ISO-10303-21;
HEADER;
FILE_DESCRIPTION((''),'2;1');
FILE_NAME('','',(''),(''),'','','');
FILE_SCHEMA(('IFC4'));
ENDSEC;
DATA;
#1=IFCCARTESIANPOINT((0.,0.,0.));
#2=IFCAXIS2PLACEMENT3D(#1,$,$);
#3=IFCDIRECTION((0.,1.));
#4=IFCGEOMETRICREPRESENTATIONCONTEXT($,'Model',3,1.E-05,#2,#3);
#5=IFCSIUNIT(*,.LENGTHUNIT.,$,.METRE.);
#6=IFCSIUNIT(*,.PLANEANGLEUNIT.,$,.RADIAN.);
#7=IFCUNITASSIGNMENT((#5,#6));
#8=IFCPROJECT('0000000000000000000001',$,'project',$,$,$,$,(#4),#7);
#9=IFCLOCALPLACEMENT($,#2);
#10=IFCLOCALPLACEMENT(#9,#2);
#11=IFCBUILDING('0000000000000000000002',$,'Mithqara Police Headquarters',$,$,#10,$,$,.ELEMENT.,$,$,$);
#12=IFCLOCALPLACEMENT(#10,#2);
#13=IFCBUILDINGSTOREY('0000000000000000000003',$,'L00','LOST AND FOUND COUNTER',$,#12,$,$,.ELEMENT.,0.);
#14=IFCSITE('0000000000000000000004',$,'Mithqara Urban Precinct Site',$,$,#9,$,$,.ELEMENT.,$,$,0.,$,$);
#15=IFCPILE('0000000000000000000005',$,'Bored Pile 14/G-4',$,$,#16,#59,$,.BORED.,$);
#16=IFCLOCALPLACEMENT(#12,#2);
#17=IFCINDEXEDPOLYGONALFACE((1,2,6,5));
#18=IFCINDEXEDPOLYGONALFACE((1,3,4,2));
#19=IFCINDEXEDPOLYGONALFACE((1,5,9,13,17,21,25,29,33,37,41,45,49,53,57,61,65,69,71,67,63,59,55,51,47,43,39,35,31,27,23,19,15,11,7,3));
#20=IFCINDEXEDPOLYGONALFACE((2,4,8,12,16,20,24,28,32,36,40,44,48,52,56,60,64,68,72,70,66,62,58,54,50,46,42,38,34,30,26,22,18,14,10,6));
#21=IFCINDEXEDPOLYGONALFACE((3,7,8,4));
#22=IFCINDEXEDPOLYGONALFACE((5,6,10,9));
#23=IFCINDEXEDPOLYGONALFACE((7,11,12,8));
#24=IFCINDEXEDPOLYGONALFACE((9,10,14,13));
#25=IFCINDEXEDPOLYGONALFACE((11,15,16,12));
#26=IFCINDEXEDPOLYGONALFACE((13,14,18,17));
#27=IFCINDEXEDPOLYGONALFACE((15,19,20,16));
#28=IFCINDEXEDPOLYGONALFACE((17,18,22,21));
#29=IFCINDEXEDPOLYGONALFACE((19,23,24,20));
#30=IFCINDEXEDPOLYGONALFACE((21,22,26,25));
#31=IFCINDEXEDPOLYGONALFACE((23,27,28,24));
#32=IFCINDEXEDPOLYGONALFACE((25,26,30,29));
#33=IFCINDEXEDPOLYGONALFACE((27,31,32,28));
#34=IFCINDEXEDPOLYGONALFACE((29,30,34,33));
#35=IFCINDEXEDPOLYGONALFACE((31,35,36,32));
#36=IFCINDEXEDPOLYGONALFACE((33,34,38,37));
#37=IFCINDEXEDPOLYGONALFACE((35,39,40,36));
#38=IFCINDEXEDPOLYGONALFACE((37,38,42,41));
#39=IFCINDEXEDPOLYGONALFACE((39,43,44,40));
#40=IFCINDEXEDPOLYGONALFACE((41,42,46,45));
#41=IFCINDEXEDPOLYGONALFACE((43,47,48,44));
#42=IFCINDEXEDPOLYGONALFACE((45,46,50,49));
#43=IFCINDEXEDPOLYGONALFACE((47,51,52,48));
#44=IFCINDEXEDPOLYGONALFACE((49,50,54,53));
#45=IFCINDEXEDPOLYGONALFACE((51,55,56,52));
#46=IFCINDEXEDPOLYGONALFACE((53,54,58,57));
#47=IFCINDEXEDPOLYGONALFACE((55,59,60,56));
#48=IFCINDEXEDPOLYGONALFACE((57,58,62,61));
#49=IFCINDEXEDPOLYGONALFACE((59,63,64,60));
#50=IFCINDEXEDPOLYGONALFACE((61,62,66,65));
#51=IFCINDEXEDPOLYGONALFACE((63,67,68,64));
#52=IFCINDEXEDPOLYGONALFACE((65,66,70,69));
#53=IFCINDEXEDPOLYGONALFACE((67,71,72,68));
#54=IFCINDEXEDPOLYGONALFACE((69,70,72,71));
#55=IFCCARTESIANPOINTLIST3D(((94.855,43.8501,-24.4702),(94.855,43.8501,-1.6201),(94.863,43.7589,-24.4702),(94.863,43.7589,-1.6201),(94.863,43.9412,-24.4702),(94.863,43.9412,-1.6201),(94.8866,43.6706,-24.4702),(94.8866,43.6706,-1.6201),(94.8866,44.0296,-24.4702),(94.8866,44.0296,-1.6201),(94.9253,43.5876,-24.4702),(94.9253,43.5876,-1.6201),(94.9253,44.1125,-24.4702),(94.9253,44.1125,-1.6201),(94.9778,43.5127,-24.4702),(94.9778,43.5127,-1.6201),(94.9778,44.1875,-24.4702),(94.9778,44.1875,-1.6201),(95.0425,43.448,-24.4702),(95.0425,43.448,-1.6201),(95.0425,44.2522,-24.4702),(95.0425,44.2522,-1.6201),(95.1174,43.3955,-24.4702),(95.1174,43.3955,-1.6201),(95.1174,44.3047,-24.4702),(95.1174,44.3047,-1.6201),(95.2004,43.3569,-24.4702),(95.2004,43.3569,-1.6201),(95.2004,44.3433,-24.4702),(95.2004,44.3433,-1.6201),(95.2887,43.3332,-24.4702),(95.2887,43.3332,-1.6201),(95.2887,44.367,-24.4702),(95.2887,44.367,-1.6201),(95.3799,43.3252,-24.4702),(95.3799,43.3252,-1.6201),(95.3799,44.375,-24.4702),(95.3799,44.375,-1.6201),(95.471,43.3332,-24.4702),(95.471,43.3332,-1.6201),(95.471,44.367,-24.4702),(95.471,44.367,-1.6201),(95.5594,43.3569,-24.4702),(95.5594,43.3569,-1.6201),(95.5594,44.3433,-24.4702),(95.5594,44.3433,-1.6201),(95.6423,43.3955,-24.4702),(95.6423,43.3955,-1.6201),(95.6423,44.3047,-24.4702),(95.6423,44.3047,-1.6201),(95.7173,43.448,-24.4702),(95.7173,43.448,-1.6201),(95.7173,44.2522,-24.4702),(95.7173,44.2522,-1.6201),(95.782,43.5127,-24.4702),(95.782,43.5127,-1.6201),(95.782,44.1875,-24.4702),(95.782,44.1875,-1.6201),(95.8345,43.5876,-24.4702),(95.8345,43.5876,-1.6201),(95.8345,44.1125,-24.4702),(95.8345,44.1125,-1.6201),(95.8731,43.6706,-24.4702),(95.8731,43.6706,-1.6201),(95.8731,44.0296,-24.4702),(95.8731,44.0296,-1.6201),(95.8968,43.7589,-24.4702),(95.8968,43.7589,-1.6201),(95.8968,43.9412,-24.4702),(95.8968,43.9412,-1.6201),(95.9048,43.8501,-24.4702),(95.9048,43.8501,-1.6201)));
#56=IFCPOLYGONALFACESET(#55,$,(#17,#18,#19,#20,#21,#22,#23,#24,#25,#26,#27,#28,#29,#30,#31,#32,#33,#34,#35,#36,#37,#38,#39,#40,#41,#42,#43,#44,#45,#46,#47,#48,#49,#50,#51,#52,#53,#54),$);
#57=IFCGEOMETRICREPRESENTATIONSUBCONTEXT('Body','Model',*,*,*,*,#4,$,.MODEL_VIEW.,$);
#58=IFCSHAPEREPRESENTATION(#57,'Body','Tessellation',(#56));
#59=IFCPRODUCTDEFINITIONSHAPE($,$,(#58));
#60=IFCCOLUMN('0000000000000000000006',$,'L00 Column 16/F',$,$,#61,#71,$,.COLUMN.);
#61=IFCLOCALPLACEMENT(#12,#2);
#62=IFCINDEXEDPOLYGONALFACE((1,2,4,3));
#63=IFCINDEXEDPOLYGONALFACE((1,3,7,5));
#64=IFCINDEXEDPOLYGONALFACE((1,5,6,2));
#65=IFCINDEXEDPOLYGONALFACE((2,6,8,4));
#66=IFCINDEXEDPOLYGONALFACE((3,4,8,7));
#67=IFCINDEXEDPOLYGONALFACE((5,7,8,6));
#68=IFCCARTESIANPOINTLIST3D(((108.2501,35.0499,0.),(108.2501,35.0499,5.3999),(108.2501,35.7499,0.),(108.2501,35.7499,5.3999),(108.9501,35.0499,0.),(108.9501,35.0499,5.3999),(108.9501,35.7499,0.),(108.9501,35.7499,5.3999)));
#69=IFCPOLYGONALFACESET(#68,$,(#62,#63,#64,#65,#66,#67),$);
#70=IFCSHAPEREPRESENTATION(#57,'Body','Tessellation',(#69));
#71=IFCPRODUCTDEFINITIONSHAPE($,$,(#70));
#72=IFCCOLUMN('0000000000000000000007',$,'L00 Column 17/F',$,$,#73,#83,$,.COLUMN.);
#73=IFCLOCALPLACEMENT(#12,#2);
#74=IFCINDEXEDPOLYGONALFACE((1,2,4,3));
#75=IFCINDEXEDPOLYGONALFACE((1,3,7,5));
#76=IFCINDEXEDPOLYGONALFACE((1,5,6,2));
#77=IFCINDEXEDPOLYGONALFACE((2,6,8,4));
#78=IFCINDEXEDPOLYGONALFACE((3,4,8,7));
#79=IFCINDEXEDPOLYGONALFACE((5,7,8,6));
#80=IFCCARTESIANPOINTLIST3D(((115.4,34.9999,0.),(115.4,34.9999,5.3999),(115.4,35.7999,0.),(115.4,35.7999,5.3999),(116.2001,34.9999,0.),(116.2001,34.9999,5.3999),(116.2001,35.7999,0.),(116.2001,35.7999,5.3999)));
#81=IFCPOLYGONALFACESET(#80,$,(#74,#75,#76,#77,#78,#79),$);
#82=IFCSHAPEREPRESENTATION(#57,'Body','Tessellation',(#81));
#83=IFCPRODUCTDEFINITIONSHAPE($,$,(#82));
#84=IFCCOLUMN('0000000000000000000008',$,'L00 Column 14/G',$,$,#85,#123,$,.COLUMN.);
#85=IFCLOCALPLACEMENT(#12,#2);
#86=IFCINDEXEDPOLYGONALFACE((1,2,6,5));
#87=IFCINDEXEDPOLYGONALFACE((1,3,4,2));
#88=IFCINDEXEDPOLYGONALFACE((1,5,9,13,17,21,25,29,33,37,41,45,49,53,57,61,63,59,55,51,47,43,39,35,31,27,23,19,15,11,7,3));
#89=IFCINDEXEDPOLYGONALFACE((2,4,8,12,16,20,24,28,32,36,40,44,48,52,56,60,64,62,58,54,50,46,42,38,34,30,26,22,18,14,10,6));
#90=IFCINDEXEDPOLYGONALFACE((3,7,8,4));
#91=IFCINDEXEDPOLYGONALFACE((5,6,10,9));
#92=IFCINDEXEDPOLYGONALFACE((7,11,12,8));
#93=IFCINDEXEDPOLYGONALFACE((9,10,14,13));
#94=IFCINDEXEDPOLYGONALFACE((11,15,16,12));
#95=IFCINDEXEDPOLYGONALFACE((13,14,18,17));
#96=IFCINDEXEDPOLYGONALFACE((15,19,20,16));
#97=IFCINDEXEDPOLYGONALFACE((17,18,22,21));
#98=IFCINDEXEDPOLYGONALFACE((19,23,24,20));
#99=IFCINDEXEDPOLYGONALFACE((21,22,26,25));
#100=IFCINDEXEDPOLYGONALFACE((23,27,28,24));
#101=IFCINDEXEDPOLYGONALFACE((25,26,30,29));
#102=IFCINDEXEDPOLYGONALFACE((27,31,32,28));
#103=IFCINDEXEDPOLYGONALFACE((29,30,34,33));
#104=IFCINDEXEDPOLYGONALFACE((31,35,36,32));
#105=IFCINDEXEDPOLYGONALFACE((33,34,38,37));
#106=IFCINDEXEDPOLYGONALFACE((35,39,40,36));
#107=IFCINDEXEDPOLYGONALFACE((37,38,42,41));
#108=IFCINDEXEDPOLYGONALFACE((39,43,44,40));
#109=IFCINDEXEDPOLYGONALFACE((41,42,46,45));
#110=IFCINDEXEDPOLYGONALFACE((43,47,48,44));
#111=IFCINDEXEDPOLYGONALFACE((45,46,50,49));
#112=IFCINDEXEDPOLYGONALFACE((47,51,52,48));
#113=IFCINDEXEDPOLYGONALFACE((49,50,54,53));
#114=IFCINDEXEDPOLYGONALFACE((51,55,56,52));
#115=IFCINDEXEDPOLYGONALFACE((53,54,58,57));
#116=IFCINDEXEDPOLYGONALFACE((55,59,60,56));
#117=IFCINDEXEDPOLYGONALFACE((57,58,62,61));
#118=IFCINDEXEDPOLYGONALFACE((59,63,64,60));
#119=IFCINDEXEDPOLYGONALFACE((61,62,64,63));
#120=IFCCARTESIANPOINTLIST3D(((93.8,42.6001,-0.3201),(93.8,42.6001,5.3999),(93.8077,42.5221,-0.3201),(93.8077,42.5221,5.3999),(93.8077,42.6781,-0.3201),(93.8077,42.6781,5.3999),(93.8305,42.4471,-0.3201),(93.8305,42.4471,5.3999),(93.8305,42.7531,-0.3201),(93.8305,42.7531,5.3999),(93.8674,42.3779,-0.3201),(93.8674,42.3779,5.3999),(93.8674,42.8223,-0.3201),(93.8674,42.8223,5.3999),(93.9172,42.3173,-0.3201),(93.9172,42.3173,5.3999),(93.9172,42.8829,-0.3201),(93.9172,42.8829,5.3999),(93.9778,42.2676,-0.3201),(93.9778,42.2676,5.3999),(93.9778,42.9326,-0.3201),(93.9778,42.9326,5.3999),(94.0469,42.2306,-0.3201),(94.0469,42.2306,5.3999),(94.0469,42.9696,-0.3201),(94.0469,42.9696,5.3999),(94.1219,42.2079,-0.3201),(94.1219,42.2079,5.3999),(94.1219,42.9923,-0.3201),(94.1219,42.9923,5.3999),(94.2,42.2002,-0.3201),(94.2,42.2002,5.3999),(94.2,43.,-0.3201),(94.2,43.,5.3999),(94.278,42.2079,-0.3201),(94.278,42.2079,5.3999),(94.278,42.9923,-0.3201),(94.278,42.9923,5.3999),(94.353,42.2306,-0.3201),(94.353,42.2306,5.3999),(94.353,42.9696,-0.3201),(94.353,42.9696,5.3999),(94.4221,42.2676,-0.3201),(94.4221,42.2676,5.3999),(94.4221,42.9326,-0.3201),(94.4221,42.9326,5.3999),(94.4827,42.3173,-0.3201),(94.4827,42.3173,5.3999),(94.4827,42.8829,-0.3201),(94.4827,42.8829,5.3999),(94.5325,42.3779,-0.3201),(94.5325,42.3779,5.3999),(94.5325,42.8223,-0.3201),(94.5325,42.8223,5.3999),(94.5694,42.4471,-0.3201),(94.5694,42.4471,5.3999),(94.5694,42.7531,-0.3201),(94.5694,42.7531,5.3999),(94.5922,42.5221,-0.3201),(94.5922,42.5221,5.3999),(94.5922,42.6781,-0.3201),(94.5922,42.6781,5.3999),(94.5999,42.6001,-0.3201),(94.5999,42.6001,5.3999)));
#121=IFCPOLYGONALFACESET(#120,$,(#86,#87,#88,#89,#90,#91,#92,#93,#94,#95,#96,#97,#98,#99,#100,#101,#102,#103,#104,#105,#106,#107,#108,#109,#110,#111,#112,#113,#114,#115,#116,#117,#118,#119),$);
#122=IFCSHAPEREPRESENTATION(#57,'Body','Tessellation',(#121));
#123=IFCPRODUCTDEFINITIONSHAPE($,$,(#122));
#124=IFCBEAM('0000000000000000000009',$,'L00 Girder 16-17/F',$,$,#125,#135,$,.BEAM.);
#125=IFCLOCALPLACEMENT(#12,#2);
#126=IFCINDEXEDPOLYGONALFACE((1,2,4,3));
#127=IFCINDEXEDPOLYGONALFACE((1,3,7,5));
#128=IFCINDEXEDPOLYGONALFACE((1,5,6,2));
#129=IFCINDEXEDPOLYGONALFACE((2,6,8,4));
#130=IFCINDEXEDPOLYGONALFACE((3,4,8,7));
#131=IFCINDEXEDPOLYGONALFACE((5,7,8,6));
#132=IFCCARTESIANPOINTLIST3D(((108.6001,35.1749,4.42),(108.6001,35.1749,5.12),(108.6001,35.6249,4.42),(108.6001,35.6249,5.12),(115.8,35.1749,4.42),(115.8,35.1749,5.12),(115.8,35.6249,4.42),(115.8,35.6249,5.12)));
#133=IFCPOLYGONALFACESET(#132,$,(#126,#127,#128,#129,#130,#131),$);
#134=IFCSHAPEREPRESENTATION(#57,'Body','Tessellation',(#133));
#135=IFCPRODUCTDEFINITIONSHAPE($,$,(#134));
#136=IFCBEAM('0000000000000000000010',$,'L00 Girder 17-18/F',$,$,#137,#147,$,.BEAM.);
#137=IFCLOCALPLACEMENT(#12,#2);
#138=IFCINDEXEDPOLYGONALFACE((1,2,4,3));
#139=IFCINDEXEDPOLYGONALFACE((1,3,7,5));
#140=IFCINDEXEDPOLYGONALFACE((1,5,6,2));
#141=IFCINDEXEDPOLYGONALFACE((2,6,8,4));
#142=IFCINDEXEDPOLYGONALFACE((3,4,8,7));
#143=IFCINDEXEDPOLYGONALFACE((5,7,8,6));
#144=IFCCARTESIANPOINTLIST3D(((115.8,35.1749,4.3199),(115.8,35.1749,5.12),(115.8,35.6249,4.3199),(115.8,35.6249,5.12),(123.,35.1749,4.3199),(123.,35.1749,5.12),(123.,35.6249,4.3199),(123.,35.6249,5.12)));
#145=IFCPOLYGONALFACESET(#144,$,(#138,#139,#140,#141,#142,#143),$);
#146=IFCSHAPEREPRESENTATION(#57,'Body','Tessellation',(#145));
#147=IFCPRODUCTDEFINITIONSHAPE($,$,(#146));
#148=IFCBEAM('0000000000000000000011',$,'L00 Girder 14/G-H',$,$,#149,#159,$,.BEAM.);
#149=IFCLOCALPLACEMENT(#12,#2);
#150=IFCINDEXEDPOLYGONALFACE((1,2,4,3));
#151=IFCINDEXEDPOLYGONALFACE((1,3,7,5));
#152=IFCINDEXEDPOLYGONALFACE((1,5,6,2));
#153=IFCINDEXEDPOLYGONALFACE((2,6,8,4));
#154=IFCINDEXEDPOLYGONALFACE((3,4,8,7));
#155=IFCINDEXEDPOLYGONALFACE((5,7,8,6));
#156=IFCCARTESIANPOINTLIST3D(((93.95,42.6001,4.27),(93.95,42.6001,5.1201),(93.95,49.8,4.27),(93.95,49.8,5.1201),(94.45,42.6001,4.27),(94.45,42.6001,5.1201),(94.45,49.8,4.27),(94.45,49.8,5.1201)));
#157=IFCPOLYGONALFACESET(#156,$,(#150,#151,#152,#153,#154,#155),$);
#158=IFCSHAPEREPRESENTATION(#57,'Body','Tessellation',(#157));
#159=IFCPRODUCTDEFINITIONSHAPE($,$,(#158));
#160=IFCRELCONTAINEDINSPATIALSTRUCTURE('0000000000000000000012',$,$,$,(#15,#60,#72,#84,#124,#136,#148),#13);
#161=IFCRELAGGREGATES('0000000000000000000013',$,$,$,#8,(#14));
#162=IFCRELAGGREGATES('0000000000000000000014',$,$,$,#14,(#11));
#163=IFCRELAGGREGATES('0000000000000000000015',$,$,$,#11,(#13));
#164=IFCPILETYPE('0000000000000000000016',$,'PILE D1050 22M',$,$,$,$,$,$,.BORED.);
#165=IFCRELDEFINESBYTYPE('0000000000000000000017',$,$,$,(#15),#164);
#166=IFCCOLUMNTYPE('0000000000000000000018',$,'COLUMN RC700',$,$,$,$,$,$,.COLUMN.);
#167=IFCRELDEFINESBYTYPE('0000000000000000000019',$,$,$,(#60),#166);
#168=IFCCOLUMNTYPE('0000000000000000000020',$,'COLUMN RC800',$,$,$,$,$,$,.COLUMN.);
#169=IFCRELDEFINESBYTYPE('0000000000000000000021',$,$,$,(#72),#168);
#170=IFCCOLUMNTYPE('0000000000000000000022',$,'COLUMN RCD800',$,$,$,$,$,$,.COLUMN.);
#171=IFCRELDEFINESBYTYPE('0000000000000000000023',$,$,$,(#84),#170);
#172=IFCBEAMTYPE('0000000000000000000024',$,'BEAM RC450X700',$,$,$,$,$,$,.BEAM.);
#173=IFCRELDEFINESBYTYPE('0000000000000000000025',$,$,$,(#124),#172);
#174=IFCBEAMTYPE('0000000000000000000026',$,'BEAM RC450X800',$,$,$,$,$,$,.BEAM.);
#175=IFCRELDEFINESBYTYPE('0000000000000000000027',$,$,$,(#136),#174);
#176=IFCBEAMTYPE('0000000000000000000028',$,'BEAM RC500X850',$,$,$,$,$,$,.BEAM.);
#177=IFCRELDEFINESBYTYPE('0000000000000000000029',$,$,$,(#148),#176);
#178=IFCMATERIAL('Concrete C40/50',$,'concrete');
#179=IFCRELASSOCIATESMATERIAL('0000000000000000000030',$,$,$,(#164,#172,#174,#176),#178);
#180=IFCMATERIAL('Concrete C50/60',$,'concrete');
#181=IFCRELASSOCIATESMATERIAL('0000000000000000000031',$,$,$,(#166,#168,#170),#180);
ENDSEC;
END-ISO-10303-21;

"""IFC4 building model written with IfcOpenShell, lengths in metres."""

from ifc_helpers import new_model, si_unit, direction, frame, origin, origin_2d, place, context, subcontext, project, spatial, rectangle, circle, extrude, material, material_profile, profile_set, type_object, element, save


model = new_model("IFC4")

# Units and contexts
model_context = context("Model", 3, precision=1e-05, world=origin(), true_north=direction((0.0, 1.0)))
body_context = subcontext(model_context, "Body", "Model", "MODEL_VIEW")
ifc_project = project(units=[si_unit("LENGTHUNIT", "METRE"), si_unit("PLANEANGLEUNIT", "RADIAN")], contexts=[model_context])

# Site, building, storey
site_placement = place(None, origin())
site = spatial("IfcSite", under=ifc_project, at=site_placement, Name="Mithqara Urban Precinct Site", CompositionType="ELEMENT", RefElevation=0.0)
building_placement = place(site_placement, origin())
building = spatial("IfcBuilding", under=site, at=building_placement, Name="Mithqara Police Headquarters", CompositionType="ELEMENT")
storey_placement = place(building_placement, origin())
storey = spatial("IfcBuildingStorey", under=building, at=storey_placement, Name="L00", Description="LOST AND FOUND COUNTER", CompositionType="ELEMENT", Elevation=0.0)

# Shared definitions
ifc_material_1 = material(Name="Concrete C40/50", Category="concrete")

# Pile
ifc_material_profile_1 = material_profile(ifc_material_1, circle(Radius=0.5249, at=origin_2d()), Name="PILE D1050")
ifc_profile_set_1 = profile_set([ifc_material_profile_1], Name="Concrete C40/50")
pile_type = type_object("IfcPileType", Name="PILE D1050 22M", PredefinedType="BORED", material=ifc_profile_set_1)
for number, where, z_axis, x_axis, name in (
    (1, (95.3799, 43.8501, -1.6201), (0.0, 0.0, -1.0), (1.0, 0.0, 0.0), "Bored Pile 14/G-4"),
):
    element("IfcPile", number, at=place(storey_placement, frame(where, z_axis=z_axis, x_axis=x_axis)), inside=storey, type_object=pile_type, Name=name, PredefinedType="BORED", context=body_context, shape_type="SweptSolid", body=[
        extrude(circle(Radius=0.5249, at=origin_2d()), origin(), (0.0, 0.0, 1.0), 22.8501),
    ])

# Columns
ifc_material_2 = material(Name="Concrete C50/60", Category="concrete")
ifc_material_profile_2 = material_profile(ifc_material_2, rectangle(XDim=0.7, YDim=0.7, at=origin_2d()), Name="RC 700x700")
ifc_profile_set_2 = profile_set([ifc_material_profile_2], Name="Concrete C50/60")
column_type_1 = type_object("IfcColumnType", Name="COLUMN RC700", PredefinedType="COLUMN", material=ifc_profile_set_2)
column_1_placement = place(storey_placement, frame((108.6001, 35.3999, 0.0), z_axis=(0.0, 0.0, 1.0), x_axis=(1.0, 0.0, 0.0)))
element("IfcColumn", 2, at=column_1_placement, inside=storey, type_object=column_type_1, Name="L00 Column 16/F", PredefinedType="COLUMN", context=body_context, shape_type="SweptSolid", body=[
    extrude(rectangle(XDim=0.7, YDim=0.7, at=origin_2d()), origin(), (0.0, 0.0, 1.0), 5.3999),
])
ifc_material_profile_3 = material_profile(ifc_material_2, rectangle(XDim=0.8, YDim=0.8, at=origin_2d()), Name="RC 800x800")
ifc_profile_set_3 = profile_set([ifc_material_profile_3], Name="Concrete C50/60")
column_type_2 = type_object("IfcColumnType", Name="COLUMN RC800", PredefinedType="COLUMN", material=ifc_profile_set_3)
column_2_placement = place(storey_placement, frame((115.8, 35.3999, 0.0), z_axis=(0.0, 0.0, 1.0), x_axis=(1.0, 0.0, 0.0)))
element("IfcColumn", 3, at=column_2_placement, inside=storey, type_object=column_type_2, Name="L00 Column 17/F", PredefinedType="COLUMN", context=body_context, shape_type="SweptSolid", body=[
    extrude(rectangle(XDim=0.8, YDim=0.8, at=origin_2d()), origin(), (0.0, 0.0, 1.0), 5.3999),
])
ifc_material_profile_4 = material_profile(ifc_material_2, circle(Radius=0.3999, at=origin_2d()), Name="RCD 800")
ifc_profile_set_4 = profile_set([ifc_material_profile_4], Name="Concrete C50/60")
column_type_3 = type_object("IfcColumnType", Name="COLUMN RCD800", PredefinedType="COLUMN", material=ifc_profile_set_4)
column_3_placement = place(storey_placement, frame((94.2, 42.6001, -0.3201), z_axis=(0.0, 0.0, 1.0), x_axis=(1.0, 0.0, 0.0)))
element("IfcColumn", 4, at=column_3_placement, inside=storey, type_object=column_type_3, Name="L00 Column 14/G", PredefinedType="COLUMN", context=body_context, shape_type="SweptSolid", body=[
    extrude(circle(Radius=0.3999, at=origin_2d()), origin(), (0.0, 0.0, 1.0), 5.72),
])

# Beams
ifc_material_profile_5 = material_profile(ifc_material_1, rectangle(XDim=0.45, YDim=0.7, at=origin_2d()), Name="RC 450x700")
ifc_profile_set_5 = profile_set([ifc_material_profile_5], Name="Concrete C40/50")
beam_type_1 = type_object("IfcBeamType", Name="BEAM RC450X700", PredefinedType="BEAM", material=ifc_profile_set_5)
beam_1_placement = place(storey_placement, frame((108.6001, 35.3999, 4.77), z_axis=(1.0, 0.0, 0.0), x_axis=(0.0, 1.0, 0.0)))
element("IfcBeam", 5, at=beam_1_placement, inside=storey, type_object=beam_type_1, Name="L00 Girder 16-17/F", PredefinedType="BEAM", context=body_context, shape_type="SweptSolid", body=[
    extrude(rectangle(XDim=0.45, YDim=0.7, at=origin_2d()), origin(), (0.0, 0.0, 1.0), 7.2),
])
ifc_material_profile_6 = material_profile(ifc_material_1, rectangle(XDim=0.45, YDim=0.8, at=origin_2d()), Name="RC 450x800")
ifc_profile_set_6 = profile_set([ifc_material_profile_6], Name="Concrete C40/50")
beam_type_2 = type_object("IfcBeamType", Name="BEAM RC450X800", PredefinedType="BEAM", material=ifc_profile_set_6)
beam_2_placement = place(storey_placement, frame((115.8, 35.3999, 4.72), z_axis=(1.0, 0.0, 0.0), x_axis=(0.0, 1.0, 0.0)))
element("IfcBeam", 6, at=beam_2_placement, inside=storey, type_object=beam_type_2, Name="L00 Girder 17-18/F", PredefinedType="BEAM", context=body_context, shape_type="SweptSolid", body=[
    extrude(rectangle(XDim=0.45, YDim=0.8, at=origin_2d()), origin(), (0.0, 0.0, 1.0), 7.2),
])
ifc_material_profile_7 = material_profile(ifc_material_1, rectangle(XDim=0.5, YDim=0.8501, at=origin_2d()), Name="RC 500x850")
ifc_profile_set_7 = profile_set([ifc_material_profile_7], Name="Concrete C40/50")
beam_type_3 = type_object("IfcBeamType", Name="BEAM RC500X850", PredefinedType="BEAM", material=ifc_profile_set_7)
beam_3_placement = place(storey_placement, frame((94.2, 42.6001, 4.6951), z_axis=(0.0, 1.0, 0.0), x_axis=(-1.0, 0.0, 0.0)))
element("IfcBeam", 7, at=beam_3_placement, inside=storey, type_object=beam_type_3, Name="L00 Girder 14/G-H", PredefinedType="BEAM", context=body_context, shape_type="SweptSolid", body=[
    extrude(rectangle(XDim=0.5, YDim=0.8501, at=origin_2d()), origin(), (0.0, 0.0, 1.0), 7.2),
])

save(model, "model.ifc")
